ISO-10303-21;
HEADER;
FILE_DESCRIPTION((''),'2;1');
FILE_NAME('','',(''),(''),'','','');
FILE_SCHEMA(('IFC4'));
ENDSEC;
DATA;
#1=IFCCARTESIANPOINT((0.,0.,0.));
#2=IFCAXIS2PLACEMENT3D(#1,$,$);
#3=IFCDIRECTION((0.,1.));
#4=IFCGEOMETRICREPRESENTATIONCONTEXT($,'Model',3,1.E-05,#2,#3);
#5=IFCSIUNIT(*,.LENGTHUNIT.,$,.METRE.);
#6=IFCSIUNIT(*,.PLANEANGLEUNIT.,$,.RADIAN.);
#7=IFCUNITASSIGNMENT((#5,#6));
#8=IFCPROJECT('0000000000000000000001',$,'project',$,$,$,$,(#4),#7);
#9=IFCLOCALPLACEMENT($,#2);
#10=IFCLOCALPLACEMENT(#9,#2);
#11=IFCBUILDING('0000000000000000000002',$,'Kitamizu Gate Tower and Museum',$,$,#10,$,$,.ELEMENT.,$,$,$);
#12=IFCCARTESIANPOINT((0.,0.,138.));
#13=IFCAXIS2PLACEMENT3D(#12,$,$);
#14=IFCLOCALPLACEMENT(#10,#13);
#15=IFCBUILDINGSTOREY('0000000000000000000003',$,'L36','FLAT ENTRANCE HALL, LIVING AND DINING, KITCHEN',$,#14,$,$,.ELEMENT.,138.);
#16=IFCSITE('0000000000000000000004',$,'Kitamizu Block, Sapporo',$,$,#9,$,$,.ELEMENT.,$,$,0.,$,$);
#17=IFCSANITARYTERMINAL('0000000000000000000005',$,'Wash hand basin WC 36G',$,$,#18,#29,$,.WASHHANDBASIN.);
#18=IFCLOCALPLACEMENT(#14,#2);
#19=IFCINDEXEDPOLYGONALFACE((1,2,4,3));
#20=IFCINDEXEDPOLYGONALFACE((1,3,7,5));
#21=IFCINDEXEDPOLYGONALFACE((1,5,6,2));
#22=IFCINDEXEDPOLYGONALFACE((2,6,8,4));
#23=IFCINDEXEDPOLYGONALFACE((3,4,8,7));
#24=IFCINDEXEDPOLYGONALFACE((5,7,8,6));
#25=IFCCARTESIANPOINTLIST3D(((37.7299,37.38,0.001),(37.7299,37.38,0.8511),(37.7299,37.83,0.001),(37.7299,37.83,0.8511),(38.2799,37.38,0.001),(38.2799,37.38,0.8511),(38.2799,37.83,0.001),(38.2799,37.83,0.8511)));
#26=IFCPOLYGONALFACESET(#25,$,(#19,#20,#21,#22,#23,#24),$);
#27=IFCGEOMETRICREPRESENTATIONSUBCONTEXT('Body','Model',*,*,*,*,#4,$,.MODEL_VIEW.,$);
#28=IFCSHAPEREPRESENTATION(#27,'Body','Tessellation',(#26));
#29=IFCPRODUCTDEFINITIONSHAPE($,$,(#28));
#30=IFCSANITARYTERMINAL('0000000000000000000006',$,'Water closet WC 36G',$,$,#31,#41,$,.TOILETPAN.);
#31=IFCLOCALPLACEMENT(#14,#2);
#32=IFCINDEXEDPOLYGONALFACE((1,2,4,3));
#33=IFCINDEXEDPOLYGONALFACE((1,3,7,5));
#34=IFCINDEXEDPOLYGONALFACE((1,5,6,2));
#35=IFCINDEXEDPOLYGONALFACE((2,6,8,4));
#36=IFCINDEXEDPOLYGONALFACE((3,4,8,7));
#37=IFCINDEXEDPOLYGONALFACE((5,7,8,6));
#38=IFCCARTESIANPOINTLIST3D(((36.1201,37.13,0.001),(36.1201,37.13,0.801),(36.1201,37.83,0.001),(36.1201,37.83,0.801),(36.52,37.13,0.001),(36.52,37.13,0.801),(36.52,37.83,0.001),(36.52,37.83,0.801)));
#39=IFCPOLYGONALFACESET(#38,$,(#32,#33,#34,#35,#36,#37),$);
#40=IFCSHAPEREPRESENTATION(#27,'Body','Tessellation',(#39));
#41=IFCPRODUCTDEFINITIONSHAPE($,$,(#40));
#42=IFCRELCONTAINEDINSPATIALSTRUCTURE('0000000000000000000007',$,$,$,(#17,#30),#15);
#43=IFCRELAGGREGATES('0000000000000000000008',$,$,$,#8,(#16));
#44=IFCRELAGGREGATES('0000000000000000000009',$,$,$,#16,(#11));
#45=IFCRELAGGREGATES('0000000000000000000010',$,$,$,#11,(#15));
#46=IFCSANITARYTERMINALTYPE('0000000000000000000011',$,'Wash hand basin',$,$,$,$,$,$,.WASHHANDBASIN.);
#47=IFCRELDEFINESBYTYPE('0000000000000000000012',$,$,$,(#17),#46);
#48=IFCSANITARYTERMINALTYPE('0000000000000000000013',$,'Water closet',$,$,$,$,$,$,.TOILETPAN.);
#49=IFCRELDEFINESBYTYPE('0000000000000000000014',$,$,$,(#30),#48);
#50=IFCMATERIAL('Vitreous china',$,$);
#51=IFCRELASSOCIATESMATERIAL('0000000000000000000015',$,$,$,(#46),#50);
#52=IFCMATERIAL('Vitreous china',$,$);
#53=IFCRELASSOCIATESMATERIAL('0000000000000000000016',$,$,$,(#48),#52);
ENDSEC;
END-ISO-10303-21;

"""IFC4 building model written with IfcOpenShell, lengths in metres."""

from ifc_helpers import new_model, si_unit, direction, frame, origin, origin_2d, place, context, subcontext, project, spatial, rectangle, extrude, material, type_object, element, save


model = new_model("IFC4")

# Units and contexts
model_context = context("Model", 3, precision=1e-05, world=origin(), true_north=direction((0.0, 1.0)))
body_context = subcontext(model_context, "Body", "Model", "MODEL_VIEW")
ifc_project = project(units=[si_unit("LENGTHUNIT", "METRE"), si_unit("PLANEANGLEUNIT", "RADIAN")], contexts=[model_context])

# Site, building, storey
site_placement = place(None, origin())
site = spatial("IfcSite", under=ifc_project, at=site_placement, Name="Kitamizu Block, Sapporo", CompositionType="ELEMENT", RefElevation=0.0)
building_placement = place(site_placement, origin())
building = spatial("IfcBuilding", under=site, at=building_placement, Name="Kitamizu Gate Tower and Museum", CompositionType="ELEMENT")
storey_placement = place(building_placement, frame((0.0, 0.0, 138.0)))
storey = spatial("IfcBuildingStorey", under=building, at=storey_placement, Name="L36", Description="FLAT ENTRANCE HALL, LIVING AND DINING, KITCHEN", CompositionType="ELEMENT", Elevation=138.0)

# Sanitary terminals
ifc_material_1 = material(Name="Vitreous china")
sanitary_terminal_type_1 = type_object("IfcSanitaryTerminalType", Name="Wash hand basin", PredefinedType="WASHHANDBASIN", material=ifc_material_1)
sanitary_terminal_1_placement = place(storey_placement, frame((38.0049, 37.605, 0.001), z_axis=(0.0, 0.0, 1.0), x_axis=(1.0, 0.0, 0.0)))
element("IfcSanitaryTerminal", 1, at=sanitary_terminal_1_placement, inside=storey, type_object=sanitary_terminal_type_1, Name="Wash hand basin WC 36G", PredefinedType="WASHHANDBASIN", context=body_context, shape_type="SweptSolid", body=[
    extrude(rectangle(XDim=0.55, YDim=0.45, at=origin_2d()), origin(), (0.0, 0.0, 1.0), 0.8501),
])
ifc_material_2 = material(Name="Vitreous china")
sanitary_terminal_type_2 = type_object("IfcSanitaryTerminalType", Name="Water closet", PredefinedType="TOILETPAN", material=ifc_material_2)
sanitary_terminal_2_placement = place(storey_placement, frame((36.3201, 37.48, 0.001), z_axis=(0.0, 0.0, 1.0), x_axis=(1.0, 0.0, 0.0)))
element("IfcSanitaryTerminal", 2, at=sanitary_terminal_2_placement, inside=storey, type_object=sanitary_terminal_type_2, Name="Water closet WC 36G", PredefinedType="TOILETPAN", context=body_context, shape_type="SweptSolid", body=[
    extrude(rectangle(XDim=0.3999, YDim=0.7, at=origin_2d()), origin(), (0.0, 0.0, 1.0), 0.8),
])

save(model, "model.ifc")
